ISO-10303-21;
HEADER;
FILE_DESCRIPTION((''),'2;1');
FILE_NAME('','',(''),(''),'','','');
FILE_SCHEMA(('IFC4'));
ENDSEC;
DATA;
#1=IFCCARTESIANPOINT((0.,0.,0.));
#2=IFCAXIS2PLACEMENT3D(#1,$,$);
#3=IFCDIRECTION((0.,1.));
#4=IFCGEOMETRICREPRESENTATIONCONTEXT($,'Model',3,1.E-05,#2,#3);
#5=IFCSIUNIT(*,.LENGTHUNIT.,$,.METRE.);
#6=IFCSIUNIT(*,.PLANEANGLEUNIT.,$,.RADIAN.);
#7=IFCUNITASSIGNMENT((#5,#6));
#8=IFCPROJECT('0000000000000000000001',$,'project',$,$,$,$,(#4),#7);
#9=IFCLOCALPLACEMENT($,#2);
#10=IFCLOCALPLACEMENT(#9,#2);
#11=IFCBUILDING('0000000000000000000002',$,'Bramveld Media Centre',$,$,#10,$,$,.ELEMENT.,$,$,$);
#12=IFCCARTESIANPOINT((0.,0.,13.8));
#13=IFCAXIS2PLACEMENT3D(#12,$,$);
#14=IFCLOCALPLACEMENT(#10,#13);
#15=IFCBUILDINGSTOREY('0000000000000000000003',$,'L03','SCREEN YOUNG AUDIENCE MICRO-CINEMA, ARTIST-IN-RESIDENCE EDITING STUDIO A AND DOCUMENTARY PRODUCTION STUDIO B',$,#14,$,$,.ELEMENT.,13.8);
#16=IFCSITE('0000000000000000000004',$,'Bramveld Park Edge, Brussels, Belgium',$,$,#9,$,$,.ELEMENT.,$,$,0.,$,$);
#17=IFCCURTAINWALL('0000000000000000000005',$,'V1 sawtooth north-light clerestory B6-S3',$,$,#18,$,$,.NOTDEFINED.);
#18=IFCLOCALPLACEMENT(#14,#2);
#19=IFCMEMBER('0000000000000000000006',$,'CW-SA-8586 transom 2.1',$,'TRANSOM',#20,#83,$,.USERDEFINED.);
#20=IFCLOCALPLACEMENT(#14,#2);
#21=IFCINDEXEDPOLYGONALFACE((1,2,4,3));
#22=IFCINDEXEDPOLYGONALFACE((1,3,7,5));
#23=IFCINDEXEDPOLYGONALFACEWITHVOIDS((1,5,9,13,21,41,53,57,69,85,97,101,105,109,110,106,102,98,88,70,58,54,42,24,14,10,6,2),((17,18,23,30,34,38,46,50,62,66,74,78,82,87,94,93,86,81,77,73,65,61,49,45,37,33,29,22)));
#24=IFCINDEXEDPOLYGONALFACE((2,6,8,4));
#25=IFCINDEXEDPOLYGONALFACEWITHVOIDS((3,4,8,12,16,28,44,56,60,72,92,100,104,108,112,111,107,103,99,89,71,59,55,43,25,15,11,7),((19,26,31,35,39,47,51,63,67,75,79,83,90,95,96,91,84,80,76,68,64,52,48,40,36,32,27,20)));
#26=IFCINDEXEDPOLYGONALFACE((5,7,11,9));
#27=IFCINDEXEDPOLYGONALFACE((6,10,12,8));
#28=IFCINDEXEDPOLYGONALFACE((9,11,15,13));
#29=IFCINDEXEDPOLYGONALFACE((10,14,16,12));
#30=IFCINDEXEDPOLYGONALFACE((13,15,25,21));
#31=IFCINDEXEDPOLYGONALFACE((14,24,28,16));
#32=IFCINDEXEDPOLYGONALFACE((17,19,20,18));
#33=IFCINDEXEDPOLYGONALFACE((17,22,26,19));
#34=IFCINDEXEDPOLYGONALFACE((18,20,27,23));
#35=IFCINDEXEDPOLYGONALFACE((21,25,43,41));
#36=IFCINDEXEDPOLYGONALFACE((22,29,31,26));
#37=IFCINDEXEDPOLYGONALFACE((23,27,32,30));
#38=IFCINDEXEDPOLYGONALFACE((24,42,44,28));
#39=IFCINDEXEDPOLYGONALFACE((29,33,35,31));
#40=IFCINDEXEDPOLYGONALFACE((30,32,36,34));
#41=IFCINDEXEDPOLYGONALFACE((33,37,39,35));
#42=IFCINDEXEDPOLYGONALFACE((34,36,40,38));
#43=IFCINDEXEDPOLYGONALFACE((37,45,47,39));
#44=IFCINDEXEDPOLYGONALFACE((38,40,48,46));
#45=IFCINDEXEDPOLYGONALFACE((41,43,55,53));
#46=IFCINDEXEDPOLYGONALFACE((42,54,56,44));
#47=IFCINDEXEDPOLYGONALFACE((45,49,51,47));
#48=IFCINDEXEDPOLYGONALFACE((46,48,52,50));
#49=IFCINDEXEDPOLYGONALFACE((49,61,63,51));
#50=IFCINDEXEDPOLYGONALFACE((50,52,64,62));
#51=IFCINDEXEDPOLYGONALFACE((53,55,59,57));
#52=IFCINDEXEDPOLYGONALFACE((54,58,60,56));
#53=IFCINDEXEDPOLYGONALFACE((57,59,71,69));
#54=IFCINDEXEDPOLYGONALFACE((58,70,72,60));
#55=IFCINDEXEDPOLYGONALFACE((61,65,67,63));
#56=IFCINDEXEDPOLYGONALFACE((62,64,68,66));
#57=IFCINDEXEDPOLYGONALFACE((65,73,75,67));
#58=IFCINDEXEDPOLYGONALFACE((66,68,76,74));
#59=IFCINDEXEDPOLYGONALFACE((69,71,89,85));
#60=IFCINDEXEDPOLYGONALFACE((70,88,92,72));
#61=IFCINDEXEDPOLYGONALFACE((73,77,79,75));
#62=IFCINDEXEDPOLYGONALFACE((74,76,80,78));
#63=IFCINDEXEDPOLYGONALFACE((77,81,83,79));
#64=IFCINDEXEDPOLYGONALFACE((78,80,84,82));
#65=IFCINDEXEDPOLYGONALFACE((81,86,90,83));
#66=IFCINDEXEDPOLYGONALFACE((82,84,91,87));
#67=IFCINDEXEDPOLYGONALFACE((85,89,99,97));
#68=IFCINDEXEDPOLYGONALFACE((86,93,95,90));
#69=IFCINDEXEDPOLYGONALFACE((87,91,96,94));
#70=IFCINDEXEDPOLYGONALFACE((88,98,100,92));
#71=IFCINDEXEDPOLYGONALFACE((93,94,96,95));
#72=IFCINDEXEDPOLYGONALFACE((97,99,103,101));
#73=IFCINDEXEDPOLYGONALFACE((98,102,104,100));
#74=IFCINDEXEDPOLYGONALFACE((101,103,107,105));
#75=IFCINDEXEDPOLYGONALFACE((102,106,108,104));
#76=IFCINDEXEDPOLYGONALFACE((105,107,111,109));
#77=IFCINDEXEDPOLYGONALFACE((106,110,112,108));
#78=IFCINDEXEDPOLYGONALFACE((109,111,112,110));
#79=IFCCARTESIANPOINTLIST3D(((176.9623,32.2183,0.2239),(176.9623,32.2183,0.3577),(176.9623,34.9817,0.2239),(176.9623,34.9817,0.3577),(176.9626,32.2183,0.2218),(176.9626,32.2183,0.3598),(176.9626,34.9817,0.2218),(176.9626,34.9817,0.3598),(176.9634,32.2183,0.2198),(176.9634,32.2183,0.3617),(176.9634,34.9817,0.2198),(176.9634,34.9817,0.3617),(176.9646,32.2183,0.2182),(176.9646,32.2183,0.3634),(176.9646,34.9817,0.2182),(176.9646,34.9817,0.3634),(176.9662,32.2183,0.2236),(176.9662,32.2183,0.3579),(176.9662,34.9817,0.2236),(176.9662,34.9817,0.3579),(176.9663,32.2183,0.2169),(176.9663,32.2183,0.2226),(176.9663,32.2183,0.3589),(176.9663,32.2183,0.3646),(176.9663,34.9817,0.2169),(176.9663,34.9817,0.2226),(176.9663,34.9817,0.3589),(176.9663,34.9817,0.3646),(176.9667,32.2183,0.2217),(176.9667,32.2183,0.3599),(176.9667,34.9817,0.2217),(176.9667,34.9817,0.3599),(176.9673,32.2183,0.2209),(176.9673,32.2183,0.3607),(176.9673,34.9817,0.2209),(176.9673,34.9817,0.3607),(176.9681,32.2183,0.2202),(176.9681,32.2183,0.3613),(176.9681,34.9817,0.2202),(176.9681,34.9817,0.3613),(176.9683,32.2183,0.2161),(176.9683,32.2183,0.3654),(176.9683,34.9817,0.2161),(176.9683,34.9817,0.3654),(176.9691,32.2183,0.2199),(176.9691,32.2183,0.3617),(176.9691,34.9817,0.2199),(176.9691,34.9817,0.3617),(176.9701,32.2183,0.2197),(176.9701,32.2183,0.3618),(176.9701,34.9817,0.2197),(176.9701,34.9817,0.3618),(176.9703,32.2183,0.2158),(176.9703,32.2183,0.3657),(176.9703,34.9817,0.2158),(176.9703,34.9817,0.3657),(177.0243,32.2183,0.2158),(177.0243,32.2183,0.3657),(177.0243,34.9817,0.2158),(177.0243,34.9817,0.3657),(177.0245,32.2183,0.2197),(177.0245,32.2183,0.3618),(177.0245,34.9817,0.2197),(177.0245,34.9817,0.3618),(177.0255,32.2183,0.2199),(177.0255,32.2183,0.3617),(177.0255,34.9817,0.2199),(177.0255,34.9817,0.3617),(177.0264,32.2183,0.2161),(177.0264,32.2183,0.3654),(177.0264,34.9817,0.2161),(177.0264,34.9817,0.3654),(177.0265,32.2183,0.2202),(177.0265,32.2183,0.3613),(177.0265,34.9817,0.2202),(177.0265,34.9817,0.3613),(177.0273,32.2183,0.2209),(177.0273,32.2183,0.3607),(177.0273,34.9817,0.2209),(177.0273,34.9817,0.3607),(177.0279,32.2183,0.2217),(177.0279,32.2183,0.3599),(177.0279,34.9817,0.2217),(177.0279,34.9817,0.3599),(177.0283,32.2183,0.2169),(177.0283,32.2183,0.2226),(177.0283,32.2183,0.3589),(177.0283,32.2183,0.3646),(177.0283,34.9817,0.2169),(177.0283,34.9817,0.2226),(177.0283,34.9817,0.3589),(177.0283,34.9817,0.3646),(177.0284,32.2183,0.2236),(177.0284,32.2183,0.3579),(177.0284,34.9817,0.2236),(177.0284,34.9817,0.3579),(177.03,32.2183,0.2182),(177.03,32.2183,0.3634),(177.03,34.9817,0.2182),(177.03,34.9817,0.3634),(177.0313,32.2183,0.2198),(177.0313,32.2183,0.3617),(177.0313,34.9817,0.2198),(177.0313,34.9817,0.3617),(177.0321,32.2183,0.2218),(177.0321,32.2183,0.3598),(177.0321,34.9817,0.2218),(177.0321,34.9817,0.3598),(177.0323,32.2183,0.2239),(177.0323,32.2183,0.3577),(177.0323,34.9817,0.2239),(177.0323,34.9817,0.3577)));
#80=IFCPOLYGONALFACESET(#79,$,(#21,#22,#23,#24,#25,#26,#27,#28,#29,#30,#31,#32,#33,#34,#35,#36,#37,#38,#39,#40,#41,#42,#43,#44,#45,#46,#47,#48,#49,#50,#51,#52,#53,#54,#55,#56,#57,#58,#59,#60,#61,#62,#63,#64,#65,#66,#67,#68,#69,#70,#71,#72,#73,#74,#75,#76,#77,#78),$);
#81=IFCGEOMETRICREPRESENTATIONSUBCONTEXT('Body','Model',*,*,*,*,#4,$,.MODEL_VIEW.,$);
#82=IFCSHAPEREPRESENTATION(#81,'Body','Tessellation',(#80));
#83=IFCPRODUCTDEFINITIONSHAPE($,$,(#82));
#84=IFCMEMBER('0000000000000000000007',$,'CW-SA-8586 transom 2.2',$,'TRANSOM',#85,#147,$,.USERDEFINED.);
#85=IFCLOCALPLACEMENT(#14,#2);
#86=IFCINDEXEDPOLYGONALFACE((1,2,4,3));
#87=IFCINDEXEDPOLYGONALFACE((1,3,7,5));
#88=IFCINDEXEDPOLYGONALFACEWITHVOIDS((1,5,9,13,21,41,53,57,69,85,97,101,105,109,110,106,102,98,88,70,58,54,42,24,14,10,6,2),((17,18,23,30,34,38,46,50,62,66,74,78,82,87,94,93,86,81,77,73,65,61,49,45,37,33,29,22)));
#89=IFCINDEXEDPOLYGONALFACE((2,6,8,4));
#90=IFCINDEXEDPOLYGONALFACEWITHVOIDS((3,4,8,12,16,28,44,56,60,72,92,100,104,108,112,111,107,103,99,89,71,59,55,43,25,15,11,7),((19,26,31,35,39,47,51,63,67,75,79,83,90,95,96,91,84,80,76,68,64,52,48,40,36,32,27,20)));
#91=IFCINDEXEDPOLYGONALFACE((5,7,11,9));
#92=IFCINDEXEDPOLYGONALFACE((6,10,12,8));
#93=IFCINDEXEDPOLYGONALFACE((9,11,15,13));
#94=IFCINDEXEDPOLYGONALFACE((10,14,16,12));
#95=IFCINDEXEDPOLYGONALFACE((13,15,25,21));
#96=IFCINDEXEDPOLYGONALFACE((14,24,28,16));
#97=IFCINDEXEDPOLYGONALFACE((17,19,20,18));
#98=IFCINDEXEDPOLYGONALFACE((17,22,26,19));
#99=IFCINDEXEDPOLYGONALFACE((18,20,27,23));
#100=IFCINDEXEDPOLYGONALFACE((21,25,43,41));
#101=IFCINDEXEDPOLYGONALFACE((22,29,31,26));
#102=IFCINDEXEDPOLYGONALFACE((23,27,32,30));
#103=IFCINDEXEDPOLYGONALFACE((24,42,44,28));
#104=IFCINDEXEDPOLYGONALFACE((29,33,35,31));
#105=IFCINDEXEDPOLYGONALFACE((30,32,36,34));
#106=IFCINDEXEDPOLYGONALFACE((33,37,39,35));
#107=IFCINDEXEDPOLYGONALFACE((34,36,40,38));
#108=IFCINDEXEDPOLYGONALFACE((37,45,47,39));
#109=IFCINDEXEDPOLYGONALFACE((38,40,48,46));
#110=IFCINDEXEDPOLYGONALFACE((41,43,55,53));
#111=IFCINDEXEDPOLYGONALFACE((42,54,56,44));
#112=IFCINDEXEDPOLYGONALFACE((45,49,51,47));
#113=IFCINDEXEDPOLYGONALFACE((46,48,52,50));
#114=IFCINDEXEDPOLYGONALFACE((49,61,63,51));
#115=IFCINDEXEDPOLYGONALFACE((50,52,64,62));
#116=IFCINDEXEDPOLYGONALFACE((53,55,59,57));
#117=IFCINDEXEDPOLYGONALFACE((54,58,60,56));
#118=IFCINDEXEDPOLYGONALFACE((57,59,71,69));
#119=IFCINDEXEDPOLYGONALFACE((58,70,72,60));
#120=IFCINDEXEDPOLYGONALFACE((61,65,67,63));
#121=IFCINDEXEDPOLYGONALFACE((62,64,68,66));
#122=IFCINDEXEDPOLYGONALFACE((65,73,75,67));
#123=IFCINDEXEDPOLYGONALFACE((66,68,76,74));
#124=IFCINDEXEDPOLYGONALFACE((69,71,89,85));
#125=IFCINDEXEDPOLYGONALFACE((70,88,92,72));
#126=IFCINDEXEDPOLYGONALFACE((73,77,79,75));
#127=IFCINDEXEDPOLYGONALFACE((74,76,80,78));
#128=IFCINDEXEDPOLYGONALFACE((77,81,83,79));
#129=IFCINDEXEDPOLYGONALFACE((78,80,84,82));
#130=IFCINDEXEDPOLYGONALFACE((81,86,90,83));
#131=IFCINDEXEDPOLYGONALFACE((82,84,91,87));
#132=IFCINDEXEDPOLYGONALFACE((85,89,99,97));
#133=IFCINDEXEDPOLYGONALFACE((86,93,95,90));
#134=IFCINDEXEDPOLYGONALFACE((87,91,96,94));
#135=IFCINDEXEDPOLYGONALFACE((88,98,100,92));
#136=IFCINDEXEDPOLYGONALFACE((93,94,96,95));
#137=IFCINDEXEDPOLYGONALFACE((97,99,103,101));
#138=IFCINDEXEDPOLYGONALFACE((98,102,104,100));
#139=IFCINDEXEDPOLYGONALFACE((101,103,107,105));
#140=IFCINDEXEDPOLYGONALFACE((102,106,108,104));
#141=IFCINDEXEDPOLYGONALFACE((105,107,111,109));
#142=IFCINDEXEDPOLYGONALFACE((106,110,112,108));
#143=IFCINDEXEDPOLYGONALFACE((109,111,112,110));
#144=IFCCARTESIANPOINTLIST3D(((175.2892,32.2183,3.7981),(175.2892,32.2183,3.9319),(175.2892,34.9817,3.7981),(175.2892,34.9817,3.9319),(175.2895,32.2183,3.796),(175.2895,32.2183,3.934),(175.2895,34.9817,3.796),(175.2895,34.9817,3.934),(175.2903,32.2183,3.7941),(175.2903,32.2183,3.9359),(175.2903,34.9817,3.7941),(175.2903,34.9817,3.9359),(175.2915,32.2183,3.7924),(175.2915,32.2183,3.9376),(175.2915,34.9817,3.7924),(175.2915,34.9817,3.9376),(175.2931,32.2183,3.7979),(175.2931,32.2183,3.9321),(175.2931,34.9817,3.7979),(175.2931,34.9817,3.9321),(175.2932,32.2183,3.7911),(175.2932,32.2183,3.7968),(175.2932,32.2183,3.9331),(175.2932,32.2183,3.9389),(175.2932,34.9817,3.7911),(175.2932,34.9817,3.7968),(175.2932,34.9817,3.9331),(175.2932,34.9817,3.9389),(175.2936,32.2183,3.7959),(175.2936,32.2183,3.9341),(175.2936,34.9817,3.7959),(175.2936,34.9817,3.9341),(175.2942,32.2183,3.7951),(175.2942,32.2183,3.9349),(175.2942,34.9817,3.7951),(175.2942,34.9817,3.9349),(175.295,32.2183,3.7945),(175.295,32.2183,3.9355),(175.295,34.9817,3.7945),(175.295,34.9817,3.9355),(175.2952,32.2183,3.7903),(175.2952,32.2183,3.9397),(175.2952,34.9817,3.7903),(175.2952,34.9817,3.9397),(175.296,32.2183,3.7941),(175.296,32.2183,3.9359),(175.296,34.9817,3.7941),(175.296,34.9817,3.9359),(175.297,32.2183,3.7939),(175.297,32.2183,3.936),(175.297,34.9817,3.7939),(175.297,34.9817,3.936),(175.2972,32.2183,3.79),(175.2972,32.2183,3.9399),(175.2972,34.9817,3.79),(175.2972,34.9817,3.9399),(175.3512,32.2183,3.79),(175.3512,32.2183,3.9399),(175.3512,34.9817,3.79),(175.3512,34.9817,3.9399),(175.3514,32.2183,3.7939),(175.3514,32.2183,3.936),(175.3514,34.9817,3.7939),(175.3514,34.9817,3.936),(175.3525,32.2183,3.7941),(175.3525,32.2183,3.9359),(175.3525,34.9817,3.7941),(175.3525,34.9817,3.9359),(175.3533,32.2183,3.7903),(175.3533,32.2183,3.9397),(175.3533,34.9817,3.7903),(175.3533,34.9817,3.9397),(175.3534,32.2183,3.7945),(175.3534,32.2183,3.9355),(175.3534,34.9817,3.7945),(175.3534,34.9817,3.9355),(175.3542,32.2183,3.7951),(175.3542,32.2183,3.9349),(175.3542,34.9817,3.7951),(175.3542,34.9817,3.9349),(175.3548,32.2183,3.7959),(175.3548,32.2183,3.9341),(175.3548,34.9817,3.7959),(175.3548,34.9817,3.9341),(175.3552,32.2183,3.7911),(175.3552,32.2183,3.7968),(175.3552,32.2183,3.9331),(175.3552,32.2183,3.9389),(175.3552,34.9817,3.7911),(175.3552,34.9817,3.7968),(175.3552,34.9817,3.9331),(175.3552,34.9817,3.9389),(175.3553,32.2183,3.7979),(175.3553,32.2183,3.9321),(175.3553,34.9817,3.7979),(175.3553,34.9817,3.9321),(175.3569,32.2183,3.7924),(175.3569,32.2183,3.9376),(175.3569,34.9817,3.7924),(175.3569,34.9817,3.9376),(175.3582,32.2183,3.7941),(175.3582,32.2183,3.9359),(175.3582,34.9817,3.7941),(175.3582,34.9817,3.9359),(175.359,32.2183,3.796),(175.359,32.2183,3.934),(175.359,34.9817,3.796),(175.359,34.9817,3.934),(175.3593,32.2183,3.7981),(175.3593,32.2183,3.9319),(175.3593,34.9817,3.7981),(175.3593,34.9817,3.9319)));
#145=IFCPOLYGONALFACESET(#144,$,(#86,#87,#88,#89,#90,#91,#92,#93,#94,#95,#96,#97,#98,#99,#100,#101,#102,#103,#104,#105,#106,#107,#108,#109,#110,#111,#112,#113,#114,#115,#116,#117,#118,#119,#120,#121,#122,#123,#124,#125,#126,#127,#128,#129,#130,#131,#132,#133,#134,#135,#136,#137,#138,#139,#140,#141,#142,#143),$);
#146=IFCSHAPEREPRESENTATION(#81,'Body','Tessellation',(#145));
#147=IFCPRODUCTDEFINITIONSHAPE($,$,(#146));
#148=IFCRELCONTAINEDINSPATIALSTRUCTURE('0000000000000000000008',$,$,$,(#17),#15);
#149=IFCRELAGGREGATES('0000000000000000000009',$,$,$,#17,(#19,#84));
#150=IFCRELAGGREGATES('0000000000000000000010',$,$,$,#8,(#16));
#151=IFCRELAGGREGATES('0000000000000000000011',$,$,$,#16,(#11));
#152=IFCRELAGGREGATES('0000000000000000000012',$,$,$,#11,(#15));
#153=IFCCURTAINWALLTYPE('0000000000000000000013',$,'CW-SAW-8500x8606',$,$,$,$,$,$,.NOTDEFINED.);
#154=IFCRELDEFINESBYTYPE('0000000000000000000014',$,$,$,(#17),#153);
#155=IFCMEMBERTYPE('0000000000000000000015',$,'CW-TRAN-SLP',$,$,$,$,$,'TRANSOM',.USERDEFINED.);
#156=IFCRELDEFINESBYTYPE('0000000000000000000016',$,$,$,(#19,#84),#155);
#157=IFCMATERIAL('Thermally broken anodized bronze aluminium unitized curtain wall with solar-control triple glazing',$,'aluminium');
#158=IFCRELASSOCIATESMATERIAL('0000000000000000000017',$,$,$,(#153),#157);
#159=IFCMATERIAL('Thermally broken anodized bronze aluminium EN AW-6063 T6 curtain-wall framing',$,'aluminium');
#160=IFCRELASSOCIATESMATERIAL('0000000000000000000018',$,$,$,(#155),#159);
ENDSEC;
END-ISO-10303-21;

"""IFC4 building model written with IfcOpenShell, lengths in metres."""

from ifc_helpers import new_model, si_unit, direction, frame, origin, origin_2d, place, context, subcontext, project, spatial, hollow_rectangle, extrude, material, material_profile, profile_set, type_object, element, aggregate, save


model = new_model("IFC4")

# Units and contexts
model_context = context("Model", 3, precision=1e-05, world=origin(), true_north=direction((0.0, 1.0)))
body_context = subcontext(model_context, "Body", "Model", "MODEL_VIEW")
ifc_project = project(units=[si_unit("LENGTHUNIT", "METRE"), si_unit("PLANEANGLEUNIT", "RADIAN")], contexts=[model_context])

# Site, building, storey
site_placement = place(None, origin())
site = spatial("IfcSite", under=ifc_project, at=site_placement, Name="Bramveld Park Edge, Brussels, Belgium", CompositionType="ELEMENT", RefElevation=0.0)
building_placement = place(site_placement, origin())
building = spatial("IfcBuilding", under=site, at=building_placement, Name="Bramveld Media Centre", CompositionType="ELEMENT")
storey_placement = place(building_placement, frame((0.0, 0.0, 13.8)))
storey = spatial("IfcBuildingStorey", under=building, at=storey_placement, Name="L03", Description="SCREEN YOUNG AUDIENCE MICRO-CINEMA, ARTIST-IN-RESIDENCE EDITING STUDIO A AND DOCUMENTARY PRODUCTION STUDIO B", CompositionType="ELEMENT", Elevation=13.8)

# Shared definitions
ifc_material_1 = material(Name="Thermally broken anodized bronze aluminium unitized curtain wall with solar-control triple glazing", Category="aluminium")
curtain_wall_type_1 = type_object("IfcCurtainWallType", Name="CW-SAW-8500x8606", PredefinedType="NOTDEFINED", material=ifc_material_1)

# Shared definitions
ifc_material_2 = material(Name="Thermally broken anodized bronze aluminium EN AW-6063 T6 curtain-wall framing", Category="aluminium")
ifc_material_profile_1 = material_profile(ifc_material_2, hollow_rectangle(XDim=0.0701, YDim=0.1499, WallThickness=0.0039, InnerFilletRadius=0.0039, OuterFilletRadius=0.0081, at=origin_2d()), Name="AL-TRAN 70x150")
ifc_profile_set_1 = profile_set([ifc_material_profile_1], Name="Thermally broken anodized bronze aluminium EN AW-6063 T6 curtain-wall framing")
member_type_1 = type_object("IfcMemberType", Name="CW-TRAN-SLP", ElementType="TRANSOM", PredefinedType="USERDEFINED", material=ifc_profile_set_1)

# Curtain wall, members
curtain_wall_1_placement = place(storey_placement, origin())
curtain_wall_1 = element("IfcCurtainWall", 1, at=curtain_wall_1_placement, inside=storey, type_object=curtain_wall_type_1, Name="V1 sawtooth north-light clerestory B6-S3", PredefinedType="NOTDEFINED")
member_1_placement = place(storey_placement, frame((176.9973, 32.2183, 0.2908), z_axis=(0.0, 1.0, 0.0), x_axis=(-1.0, 0.0, 0.0)))
member_1 = element("IfcMember", 2, at=member_1_placement, type_object=member_type_1, Name="CW-SA-8586 transom 2.1", ObjectType="TRANSOM", PredefinedType="USERDEFINED", context=body_context, shape_type="SweptSolid", body=[
    extrude(hollow_rectangle(XDim=0.0701, YDim=0.1499, WallThickness=0.0039, InnerFilletRadius=0.0039, OuterFilletRadius=0.0081, at=origin_2d()), origin(), (0.0, 0.0, 1.0), 2.7634),
])
member_2_placement = place(storey_placement, frame((175.3242, 32.2183, 3.865), z_axis=(0.0, 1.0, 0.0), x_axis=(-1.0, 0.0, 0.0)))
member_2 = element("IfcMember", 3, at=member_2_placement, type_object=member_type_1, Name="CW-SA-8586 transom 2.2", ObjectType="TRANSOM", PredefinedType="USERDEFINED", context=body_context, shape_type="SweptSolid", body=[
    extrude(hollow_rectangle(XDim=0.0701, YDim=0.1499, WallThickness=0.0039, InnerFilletRadius=0.0039, OuterFilletRadius=0.0081, at=origin_2d()), origin(), (0.0, 0.0, 1.0), 2.7634),
])

aggregate(curtain_wall_1, [member_1, member_2])

save(model, "model.ifc")
